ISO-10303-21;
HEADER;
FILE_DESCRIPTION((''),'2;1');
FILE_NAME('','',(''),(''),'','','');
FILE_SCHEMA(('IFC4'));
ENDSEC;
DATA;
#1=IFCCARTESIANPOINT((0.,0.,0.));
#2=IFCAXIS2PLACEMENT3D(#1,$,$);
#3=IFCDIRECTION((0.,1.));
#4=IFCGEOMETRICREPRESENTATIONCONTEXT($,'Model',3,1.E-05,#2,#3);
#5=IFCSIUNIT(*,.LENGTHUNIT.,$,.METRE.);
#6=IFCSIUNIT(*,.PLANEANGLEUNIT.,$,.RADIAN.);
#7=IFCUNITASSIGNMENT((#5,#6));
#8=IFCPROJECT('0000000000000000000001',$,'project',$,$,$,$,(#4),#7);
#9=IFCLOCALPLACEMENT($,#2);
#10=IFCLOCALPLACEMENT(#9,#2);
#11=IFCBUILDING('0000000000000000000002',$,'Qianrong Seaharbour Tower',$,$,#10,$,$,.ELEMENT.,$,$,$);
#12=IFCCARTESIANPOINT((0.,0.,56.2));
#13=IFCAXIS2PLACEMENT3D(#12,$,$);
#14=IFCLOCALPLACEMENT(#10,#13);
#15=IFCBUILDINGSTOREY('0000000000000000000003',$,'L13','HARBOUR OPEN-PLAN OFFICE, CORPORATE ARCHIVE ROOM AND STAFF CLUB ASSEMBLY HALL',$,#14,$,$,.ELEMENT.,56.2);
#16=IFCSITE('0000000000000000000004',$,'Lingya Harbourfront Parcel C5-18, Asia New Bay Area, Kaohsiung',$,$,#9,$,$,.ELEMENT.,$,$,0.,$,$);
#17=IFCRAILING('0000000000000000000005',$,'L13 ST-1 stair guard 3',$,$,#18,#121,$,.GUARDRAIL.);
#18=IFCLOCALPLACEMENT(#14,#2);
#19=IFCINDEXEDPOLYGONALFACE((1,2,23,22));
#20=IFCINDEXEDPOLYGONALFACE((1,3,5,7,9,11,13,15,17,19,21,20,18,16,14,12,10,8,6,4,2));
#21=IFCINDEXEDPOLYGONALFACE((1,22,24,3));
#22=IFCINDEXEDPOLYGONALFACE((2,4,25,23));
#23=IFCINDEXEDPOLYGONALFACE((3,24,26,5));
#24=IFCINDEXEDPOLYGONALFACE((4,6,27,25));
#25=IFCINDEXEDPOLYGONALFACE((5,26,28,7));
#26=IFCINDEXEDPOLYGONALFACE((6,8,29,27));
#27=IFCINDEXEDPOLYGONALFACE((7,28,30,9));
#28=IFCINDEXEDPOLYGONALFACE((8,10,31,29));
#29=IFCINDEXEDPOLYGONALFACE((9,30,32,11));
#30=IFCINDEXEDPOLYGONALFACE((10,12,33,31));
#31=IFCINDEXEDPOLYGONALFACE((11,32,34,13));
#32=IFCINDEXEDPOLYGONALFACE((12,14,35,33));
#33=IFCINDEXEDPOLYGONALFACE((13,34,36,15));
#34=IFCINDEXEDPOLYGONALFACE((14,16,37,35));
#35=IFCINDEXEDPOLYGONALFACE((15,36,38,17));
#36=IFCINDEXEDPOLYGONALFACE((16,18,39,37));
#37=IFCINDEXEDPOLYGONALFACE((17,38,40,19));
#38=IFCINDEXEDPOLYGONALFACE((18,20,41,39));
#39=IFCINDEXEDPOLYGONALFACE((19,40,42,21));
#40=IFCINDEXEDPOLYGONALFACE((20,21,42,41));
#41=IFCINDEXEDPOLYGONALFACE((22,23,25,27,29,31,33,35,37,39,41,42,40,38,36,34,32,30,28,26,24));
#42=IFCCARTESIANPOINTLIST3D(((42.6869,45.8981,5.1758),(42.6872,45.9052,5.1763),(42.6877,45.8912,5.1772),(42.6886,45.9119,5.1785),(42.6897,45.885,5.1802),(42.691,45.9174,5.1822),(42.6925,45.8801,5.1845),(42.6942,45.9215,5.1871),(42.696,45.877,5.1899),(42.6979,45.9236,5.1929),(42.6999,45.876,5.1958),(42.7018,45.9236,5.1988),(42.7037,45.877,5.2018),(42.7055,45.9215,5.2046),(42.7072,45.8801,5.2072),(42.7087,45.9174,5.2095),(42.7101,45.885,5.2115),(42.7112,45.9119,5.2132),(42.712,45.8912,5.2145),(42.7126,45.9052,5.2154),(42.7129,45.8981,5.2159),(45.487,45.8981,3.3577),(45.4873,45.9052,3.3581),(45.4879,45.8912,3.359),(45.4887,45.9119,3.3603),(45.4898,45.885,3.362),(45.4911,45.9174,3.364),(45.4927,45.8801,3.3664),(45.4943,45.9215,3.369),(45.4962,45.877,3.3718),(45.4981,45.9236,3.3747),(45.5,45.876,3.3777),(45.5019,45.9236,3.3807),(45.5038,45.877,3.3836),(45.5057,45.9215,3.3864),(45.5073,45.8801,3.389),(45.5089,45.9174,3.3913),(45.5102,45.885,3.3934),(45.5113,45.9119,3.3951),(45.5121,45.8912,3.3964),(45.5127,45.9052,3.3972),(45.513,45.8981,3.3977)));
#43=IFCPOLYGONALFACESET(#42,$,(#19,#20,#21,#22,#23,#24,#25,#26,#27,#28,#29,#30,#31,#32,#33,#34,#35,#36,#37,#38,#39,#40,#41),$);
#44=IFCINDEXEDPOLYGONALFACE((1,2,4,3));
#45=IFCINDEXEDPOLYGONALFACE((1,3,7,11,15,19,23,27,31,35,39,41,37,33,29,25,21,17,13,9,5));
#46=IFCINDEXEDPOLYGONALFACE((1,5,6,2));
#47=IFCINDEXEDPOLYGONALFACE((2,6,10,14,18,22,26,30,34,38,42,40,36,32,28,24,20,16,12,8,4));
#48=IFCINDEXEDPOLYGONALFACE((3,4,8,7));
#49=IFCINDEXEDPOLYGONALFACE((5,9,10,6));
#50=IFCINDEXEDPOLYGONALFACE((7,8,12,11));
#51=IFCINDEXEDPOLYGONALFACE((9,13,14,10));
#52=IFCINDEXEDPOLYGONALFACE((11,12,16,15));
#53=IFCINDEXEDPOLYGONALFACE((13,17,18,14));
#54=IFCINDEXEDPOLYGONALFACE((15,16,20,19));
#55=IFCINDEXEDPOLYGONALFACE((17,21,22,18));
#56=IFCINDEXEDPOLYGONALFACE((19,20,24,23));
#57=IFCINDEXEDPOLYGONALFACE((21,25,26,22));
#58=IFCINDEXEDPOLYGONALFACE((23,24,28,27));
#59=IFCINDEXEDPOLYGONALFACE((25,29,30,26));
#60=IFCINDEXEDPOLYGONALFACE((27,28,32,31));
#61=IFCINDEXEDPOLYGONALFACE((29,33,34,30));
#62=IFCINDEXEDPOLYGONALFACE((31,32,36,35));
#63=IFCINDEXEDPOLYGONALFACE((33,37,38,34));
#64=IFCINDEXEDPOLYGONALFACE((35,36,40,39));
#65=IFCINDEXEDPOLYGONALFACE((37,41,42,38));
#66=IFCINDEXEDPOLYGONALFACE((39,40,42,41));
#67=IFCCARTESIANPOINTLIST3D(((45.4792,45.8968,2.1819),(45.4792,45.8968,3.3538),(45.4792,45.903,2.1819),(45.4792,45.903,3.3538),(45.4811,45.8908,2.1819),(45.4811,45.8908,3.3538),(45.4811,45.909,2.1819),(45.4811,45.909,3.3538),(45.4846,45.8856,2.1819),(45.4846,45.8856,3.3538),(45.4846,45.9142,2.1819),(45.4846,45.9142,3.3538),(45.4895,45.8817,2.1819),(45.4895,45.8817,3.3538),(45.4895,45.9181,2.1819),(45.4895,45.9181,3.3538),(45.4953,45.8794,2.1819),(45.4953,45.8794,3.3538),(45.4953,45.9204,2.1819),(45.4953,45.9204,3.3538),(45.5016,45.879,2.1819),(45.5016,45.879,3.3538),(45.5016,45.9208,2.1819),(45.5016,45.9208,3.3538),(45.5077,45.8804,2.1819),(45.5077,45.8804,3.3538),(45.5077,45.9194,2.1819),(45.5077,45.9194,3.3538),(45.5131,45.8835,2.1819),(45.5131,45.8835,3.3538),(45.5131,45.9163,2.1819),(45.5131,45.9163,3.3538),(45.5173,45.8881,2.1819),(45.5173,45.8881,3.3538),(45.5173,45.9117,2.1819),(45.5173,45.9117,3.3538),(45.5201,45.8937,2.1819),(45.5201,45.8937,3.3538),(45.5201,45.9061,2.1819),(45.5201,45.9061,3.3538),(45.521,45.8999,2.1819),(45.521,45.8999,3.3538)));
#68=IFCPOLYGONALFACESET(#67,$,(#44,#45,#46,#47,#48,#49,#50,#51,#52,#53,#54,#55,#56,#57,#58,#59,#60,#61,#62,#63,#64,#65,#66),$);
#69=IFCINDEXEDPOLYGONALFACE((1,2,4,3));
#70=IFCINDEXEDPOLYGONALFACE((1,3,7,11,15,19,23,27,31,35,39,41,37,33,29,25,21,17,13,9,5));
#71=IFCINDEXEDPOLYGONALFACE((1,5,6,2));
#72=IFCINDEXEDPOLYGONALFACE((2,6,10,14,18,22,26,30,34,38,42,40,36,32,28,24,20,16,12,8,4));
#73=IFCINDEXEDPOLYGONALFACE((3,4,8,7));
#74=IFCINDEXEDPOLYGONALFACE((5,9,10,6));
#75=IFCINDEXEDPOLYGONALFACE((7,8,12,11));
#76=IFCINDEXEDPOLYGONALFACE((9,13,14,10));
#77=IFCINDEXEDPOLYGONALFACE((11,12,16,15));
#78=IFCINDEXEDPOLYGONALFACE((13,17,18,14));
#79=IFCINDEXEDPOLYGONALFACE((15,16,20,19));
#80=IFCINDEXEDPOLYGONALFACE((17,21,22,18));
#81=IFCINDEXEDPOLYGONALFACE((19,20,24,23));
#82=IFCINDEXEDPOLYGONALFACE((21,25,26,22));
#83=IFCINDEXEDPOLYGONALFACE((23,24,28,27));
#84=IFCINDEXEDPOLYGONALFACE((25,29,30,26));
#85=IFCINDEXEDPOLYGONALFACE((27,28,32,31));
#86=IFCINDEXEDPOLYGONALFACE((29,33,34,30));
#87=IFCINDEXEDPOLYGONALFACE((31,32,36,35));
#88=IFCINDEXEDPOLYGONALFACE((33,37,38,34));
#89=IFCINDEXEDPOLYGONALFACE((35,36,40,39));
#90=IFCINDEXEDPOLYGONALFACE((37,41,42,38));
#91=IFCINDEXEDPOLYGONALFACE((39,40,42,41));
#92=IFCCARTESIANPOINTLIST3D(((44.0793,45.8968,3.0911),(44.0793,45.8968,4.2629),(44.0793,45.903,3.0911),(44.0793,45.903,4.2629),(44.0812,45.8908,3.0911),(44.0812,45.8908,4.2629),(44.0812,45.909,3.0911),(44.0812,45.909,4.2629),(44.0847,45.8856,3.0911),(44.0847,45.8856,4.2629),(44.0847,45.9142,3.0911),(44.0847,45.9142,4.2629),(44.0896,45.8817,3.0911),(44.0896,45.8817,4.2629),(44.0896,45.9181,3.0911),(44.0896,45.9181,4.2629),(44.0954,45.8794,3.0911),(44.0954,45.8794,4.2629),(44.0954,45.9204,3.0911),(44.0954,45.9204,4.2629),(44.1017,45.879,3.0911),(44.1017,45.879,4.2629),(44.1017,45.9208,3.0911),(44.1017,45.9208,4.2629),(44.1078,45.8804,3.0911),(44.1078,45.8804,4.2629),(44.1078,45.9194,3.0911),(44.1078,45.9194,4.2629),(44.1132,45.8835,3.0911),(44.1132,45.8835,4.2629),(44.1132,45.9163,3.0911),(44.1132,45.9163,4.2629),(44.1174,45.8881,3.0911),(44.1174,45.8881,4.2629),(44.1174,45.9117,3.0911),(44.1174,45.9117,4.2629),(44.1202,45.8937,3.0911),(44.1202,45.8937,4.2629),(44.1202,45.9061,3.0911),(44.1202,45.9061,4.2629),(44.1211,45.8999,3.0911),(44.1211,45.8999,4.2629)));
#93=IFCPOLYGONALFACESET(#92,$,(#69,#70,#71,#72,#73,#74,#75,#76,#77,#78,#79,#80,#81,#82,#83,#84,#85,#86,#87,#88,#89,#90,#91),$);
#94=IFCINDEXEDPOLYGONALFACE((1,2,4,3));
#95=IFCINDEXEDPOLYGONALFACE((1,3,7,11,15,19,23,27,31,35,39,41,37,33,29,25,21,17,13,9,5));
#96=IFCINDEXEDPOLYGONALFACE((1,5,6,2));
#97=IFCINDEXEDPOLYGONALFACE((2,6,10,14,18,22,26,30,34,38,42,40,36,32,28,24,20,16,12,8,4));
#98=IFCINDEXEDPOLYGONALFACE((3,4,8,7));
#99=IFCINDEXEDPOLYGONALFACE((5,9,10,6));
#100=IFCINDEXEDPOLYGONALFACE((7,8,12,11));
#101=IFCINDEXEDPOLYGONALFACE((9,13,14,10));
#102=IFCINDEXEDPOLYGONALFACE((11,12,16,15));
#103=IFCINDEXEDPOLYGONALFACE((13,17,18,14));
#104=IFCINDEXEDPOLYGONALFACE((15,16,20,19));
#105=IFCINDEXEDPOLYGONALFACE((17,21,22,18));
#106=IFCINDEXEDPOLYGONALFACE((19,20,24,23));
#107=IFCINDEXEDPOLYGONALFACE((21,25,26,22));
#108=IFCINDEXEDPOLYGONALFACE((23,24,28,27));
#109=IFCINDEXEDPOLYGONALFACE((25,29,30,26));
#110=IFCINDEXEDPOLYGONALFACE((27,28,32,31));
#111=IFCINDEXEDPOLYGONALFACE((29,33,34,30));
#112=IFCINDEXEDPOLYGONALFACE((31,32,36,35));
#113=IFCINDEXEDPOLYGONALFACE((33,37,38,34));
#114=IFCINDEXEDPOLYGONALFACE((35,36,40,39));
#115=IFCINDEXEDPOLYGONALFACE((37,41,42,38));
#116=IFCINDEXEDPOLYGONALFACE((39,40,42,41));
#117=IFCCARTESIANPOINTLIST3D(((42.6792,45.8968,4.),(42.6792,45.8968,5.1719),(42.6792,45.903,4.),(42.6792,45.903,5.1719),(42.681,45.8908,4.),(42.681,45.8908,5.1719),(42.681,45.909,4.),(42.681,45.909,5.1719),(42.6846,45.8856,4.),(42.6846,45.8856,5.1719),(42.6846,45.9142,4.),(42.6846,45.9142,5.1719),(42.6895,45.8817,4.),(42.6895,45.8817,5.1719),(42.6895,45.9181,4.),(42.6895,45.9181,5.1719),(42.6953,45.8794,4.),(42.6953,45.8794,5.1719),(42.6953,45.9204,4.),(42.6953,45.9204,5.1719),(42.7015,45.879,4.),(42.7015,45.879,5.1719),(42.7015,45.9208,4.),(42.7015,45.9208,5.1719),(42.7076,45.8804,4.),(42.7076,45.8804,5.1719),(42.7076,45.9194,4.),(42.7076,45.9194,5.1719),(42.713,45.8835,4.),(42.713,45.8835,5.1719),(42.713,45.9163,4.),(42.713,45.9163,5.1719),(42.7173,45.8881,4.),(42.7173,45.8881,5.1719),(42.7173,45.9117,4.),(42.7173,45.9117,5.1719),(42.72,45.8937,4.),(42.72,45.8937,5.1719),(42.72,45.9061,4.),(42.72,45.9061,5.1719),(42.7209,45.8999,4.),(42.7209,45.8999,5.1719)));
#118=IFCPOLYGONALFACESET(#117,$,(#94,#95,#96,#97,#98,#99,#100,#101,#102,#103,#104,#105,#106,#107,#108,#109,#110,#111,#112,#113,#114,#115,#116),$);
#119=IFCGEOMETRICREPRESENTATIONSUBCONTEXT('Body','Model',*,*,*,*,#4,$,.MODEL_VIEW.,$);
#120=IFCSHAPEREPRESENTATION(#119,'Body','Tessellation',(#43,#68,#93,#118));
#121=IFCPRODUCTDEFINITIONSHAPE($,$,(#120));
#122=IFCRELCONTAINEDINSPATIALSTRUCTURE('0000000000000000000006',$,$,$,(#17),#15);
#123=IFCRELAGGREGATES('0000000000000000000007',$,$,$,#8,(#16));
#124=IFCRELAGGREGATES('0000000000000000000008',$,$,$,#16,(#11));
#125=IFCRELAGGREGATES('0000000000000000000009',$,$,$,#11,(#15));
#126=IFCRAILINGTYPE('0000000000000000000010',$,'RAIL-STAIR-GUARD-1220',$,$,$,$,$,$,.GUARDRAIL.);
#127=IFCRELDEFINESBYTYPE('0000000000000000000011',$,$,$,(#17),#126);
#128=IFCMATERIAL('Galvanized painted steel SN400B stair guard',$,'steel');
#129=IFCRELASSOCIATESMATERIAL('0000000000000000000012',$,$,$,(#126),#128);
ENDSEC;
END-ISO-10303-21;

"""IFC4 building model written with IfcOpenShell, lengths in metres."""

from ifc_helpers import new_model, si_unit, direction, frame, origin, origin_2d, place, context, subcontext, project, spatial, circle, extrude, material, type_object, element, save


model = new_model("IFC4")

# Units and contexts
model_context = context("Model", 3, precision=1e-05, world=origin(), true_north=direction((0.0, 1.0)))
body_context = subcontext(model_context, "Body", "Model", "MODEL_VIEW")
ifc_project = project(units=[si_unit("LENGTHUNIT", "METRE"), si_unit("PLANEANGLEUNIT", "RADIAN")], contexts=[model_context])

# Site, building, storey
site_placement = place(None, origin())
site = spatial("IfcSite", under=ifc_project, at=site_placement, Name="Lingya Harbourfront Parcel C5-18, Asia New Bay Area, Kaohsiung", CompositionType="ELEMENT", RefElevation=0.0)
building_placement = place(site_placement, origin())
building = spatial("IfcBuilding", under=site, at=building_placement, Name="Qianrong Seaharbour Tower", CompositionType="ELEMENT")
storey_placement = place(building_placement, frame((0.0, 0.0, 56.2)))
storey = spatial("IfcBuildingStorey", under=building, at=storey_placement, Name="L13", Description="HARBOUR OPEN-PLAN OFFICE, CORPORATE ARCHIVE ROOM AND STAFF CLUB ASSEMBLY HALL", CompositionType="ELEMENT", Elevation=56.2)

# Railing
ifc_material_1 = material(Name="Galvanized painted steel SN400B stair guard", Category="steel")
railing_type_1 = type_object("IfcRailingType", Name="RAIL-STAIR-GUARD-1220", PredefinedType="GUARDRAIL", material=ifc_material_1)
railing_1_placement = place(storey_placement, frame((45.5, 45.8999, 2.1819)))
element("IfcRailing", 1, at=railing_1_placement, inside=storey, type_object=railing_type_1, Name="L13 ST-1 stair guard 3", PredefinedType="GUARDRAIL", context=body_context, shape_type="SweptSolid", body=[
    extrude(circle(Radius=0.0239, at=origin_2d()), frame((0.0, 0.0, 1.1958), z_axis=(-0.838706, 0.0, 0.544585), x_axis=(0.0, -1.0, 0.0)), (0.0, 0.0, 1.0), 3.3386),
    extrude(circle(Radius=0.021, at=origin_2d()), origin(), (0.0, 0.0, 1.0), 1.1719),
    extrude(circle(Radius=0.021, at=origin_2d()), frame((-1.3999, 0.0, 0.9092)), (0.0, 0.0, 1.0), 1.1719),
    extrude(circle(Radius=0.021, at=origin_2d()), frame((-2.8, 0.0, 1.8181)), (0.0, 0.0, 1.0), 1.1719),
])

save(model, "model.ifc")
